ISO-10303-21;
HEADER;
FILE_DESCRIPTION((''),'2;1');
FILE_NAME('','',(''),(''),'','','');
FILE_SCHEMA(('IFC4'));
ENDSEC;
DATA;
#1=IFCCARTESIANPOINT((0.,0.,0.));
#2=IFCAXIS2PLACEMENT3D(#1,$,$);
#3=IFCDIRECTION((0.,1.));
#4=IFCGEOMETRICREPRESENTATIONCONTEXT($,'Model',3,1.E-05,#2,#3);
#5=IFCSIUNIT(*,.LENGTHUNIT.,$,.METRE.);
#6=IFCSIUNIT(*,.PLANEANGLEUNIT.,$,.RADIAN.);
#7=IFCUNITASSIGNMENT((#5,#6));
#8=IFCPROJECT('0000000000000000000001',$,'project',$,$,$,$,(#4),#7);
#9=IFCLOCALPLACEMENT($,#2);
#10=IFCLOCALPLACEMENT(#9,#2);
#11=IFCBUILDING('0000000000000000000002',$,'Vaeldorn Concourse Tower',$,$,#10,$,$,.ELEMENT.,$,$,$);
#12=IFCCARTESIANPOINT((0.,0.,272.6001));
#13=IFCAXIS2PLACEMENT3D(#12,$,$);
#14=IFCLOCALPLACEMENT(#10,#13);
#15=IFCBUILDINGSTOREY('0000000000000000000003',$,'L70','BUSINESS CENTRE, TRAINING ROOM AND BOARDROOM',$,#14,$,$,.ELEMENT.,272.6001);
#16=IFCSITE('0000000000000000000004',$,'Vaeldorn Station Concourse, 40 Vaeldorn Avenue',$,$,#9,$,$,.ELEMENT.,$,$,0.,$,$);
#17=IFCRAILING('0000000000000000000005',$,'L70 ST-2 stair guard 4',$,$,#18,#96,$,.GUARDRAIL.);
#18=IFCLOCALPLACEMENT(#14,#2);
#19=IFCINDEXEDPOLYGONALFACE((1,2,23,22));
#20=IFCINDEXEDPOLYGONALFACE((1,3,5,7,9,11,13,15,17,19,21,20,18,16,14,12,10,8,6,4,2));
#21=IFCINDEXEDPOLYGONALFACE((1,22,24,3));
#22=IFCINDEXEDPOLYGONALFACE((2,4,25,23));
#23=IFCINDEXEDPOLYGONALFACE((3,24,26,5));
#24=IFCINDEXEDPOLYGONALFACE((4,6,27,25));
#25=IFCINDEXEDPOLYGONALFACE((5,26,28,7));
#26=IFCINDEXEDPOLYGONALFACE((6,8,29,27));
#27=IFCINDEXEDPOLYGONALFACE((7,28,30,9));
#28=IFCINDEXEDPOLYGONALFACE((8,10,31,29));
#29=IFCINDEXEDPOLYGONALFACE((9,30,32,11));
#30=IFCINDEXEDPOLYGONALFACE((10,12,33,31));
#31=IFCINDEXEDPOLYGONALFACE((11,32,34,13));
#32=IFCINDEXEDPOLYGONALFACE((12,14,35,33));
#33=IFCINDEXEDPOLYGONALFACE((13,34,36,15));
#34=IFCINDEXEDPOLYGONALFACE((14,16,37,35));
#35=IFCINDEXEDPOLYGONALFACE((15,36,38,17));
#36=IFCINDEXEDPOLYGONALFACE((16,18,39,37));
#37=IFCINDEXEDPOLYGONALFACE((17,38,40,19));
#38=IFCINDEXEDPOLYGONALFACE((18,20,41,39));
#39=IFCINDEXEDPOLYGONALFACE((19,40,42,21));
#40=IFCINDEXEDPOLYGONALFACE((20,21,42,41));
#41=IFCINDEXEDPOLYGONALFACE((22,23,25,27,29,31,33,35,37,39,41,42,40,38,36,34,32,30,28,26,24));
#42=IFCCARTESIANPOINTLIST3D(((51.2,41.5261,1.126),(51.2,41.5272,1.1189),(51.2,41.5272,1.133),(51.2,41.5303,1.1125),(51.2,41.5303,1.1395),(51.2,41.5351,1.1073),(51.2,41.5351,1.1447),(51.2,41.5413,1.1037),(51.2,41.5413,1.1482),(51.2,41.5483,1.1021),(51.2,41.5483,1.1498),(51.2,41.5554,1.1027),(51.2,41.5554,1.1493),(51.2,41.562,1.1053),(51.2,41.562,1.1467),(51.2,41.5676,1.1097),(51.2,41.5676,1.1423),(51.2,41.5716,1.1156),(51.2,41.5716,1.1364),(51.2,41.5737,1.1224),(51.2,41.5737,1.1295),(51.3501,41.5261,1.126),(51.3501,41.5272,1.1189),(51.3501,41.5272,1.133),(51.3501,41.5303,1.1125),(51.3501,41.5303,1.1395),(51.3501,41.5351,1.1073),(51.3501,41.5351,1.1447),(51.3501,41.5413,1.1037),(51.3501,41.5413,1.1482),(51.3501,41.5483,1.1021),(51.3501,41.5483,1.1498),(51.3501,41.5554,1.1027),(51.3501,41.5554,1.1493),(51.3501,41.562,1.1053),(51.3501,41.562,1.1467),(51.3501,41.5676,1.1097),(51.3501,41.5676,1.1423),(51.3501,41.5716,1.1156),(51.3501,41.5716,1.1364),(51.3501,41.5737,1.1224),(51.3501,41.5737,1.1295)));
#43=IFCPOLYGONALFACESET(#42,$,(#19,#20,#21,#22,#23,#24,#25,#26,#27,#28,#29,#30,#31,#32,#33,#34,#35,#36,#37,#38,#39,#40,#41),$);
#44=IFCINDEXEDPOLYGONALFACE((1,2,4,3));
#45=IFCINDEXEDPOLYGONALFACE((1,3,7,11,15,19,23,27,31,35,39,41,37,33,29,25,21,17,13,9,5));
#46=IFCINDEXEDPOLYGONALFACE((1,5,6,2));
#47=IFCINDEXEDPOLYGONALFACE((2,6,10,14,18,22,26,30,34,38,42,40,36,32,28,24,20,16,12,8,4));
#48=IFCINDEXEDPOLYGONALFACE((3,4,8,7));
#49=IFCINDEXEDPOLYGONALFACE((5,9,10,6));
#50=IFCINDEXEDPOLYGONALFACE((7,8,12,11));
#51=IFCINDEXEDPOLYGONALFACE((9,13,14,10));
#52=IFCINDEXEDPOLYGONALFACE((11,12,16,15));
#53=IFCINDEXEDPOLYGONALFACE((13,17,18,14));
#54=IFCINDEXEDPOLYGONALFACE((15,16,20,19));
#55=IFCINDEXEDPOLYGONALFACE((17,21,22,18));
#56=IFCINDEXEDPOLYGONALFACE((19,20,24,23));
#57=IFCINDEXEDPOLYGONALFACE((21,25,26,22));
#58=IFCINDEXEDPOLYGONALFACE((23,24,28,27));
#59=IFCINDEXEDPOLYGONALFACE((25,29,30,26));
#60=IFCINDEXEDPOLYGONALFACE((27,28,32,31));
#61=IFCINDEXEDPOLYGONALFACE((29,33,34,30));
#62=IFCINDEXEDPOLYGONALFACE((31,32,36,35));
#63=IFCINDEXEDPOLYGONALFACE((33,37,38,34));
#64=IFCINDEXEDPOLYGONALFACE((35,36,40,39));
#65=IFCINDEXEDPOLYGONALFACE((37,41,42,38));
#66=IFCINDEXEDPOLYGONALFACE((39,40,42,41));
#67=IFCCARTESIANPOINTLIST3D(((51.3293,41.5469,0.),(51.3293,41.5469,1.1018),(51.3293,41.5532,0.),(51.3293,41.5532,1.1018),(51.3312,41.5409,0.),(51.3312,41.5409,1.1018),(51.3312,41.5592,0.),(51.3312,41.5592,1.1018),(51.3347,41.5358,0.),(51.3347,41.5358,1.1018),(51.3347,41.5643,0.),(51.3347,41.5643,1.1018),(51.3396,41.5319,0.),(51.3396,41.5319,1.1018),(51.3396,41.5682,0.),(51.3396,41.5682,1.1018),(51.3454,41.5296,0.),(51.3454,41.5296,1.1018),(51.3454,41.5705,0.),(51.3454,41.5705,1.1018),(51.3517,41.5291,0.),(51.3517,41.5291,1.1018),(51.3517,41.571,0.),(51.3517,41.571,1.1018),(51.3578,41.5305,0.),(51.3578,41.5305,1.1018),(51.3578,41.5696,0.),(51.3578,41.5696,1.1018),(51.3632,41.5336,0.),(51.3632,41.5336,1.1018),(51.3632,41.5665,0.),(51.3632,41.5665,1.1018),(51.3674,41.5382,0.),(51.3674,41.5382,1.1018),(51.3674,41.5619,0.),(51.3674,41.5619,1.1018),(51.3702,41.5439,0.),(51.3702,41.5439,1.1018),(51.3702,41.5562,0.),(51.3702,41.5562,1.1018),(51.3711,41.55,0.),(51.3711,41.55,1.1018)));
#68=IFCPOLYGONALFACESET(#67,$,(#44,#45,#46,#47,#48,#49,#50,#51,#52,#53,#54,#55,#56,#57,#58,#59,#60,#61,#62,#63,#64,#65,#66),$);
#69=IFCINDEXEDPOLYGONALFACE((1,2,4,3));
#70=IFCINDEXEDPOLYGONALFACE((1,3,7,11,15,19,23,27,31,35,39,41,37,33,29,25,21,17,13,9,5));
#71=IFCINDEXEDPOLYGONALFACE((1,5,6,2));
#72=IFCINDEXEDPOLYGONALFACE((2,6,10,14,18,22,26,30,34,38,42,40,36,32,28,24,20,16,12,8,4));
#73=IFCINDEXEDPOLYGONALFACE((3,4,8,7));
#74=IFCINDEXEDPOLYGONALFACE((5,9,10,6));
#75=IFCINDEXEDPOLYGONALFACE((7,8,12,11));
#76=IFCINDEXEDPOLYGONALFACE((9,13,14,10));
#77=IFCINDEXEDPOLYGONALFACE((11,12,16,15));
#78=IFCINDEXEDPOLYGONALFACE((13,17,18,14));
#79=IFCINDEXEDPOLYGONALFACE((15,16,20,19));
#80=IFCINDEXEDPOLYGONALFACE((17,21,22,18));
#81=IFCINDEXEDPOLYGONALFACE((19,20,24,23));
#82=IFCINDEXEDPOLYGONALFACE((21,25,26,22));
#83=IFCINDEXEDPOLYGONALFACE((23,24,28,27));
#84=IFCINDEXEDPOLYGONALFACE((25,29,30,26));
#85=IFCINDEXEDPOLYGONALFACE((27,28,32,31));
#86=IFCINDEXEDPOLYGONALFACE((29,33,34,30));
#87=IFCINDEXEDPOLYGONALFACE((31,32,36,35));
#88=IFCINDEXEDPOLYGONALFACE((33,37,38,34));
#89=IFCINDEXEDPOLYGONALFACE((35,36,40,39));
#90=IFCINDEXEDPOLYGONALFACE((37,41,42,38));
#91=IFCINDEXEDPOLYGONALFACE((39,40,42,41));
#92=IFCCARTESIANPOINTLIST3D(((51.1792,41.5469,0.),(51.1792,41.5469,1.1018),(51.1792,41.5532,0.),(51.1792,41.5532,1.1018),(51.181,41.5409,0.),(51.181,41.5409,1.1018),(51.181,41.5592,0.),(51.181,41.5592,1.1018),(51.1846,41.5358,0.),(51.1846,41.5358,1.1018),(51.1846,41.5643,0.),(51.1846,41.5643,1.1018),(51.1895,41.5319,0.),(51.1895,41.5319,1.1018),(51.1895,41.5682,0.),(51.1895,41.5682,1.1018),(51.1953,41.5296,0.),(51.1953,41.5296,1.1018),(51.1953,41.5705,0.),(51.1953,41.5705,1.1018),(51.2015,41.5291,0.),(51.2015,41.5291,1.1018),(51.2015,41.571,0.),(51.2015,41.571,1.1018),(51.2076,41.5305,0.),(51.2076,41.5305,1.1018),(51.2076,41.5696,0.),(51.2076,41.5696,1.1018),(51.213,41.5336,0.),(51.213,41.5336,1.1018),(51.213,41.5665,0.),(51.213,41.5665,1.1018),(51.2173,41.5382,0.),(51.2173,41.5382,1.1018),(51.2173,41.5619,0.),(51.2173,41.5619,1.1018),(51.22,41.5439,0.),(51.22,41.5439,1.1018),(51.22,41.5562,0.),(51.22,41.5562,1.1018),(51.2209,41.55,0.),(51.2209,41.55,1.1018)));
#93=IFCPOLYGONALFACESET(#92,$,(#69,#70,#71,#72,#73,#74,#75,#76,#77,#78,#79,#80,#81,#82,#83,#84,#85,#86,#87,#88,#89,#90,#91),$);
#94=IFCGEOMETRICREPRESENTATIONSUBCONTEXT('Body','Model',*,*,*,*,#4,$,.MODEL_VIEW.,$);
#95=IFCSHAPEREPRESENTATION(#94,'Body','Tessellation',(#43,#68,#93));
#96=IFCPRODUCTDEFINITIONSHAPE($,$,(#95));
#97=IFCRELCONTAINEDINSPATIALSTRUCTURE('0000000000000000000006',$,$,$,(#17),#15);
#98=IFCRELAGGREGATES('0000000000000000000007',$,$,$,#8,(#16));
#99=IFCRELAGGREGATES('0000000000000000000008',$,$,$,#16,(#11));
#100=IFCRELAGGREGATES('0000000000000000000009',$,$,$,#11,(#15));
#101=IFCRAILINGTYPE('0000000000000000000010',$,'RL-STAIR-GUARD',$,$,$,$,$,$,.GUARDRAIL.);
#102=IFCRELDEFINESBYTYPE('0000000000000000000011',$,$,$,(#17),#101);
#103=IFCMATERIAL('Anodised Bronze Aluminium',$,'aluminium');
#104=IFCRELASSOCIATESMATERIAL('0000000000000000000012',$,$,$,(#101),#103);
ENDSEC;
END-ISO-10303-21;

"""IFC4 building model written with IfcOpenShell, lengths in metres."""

from ifc_helpers import new_model, si_unit, direction, frame, origin, origin_2d, place, context, subcontext, project, spatial, circle, extrude, material, type_object, element, save


model = new_model("IFC4")

# Units and contexts
model_context = context("Model", 3, precision=1e-05, world=origin(), true_north=direction((0.0, 1.0)))
body_context = subcontext(model_context, "Body", "Model", "MODEL_VIEW")
ifc_project = project(units=[si_unit("LENGTHUNIT", "METRE"), si_unit("PLANEANGLEUNIT", "RADIAN")], contexts=[model_context])

# Site, building, storey
site_placement = place(None, origin())
site = spatial("IfcSite", under=ifc_project, at=site_placement, Name="Vaeldorn Station Concourse, 40 Vaeldorn Avenue", CompositionType="ELEMENT", RefElevation=0.0)
building_placement = place(site_placement, origin())
building = spatial("IfcBuilding", under=site, at=building_placement, Name="Vaeldorn Concourse Tower", CompositionType="ELEMENT")
storey_placement = place(building_placement, frame((0.0, 0.0, 272.6001)))
storey = spatial("IfcBuildingStorey", under=building, at=storey_placement, Name="L70", Description="BUSINESS CENTRE, TRAINING ROOM AND BOARDROOM", CompositionType="ELEMENT", Elevation=272.6001)

# Shared definitions
ifc_material_1 = material(Name="Anodised Bronze Aluminium", Category="aluminium")

# Railing
railing_type_1 = type_object("IfcRailingType", Name="RL-STAIR-GUARD", PredefinedType="GUARDRAIL", material=ifc_material_1)
railing_1_placement = place(storey_placement, frame((51.3501, 41.55, 0.0)))
element("IfcRailing", 1, at=railing_1_placement, inside=storey, type_object=railing_type_1, Name="L70 ST-2 stair guard 4", PredefinedType="GUARDRAIL", context=body_context, shape_type="SweptSolid", body=[
    extrude(circle(Radius=0.0239, at=origin_2d()), frame((0.0, 0.0, 1.126), z_axis=(-1.0, 0.0, 0.0), x_axis=(0.0, -1.0, 0.0)), (0.0, 0.0, 1.0), 0.1501),
    extrude(circle(Radius=0.021, at=origin_2d()), origin(), (0.0, 0.0, 1.0), 1.1018),
    extrude(circle(Radius=0.021, at=origin_2d()), frame((-0.1501, 0.0, 0.0)), (0.0, 0.0, 1.0), 1.1018),
])

save(model, "model.ifc")
